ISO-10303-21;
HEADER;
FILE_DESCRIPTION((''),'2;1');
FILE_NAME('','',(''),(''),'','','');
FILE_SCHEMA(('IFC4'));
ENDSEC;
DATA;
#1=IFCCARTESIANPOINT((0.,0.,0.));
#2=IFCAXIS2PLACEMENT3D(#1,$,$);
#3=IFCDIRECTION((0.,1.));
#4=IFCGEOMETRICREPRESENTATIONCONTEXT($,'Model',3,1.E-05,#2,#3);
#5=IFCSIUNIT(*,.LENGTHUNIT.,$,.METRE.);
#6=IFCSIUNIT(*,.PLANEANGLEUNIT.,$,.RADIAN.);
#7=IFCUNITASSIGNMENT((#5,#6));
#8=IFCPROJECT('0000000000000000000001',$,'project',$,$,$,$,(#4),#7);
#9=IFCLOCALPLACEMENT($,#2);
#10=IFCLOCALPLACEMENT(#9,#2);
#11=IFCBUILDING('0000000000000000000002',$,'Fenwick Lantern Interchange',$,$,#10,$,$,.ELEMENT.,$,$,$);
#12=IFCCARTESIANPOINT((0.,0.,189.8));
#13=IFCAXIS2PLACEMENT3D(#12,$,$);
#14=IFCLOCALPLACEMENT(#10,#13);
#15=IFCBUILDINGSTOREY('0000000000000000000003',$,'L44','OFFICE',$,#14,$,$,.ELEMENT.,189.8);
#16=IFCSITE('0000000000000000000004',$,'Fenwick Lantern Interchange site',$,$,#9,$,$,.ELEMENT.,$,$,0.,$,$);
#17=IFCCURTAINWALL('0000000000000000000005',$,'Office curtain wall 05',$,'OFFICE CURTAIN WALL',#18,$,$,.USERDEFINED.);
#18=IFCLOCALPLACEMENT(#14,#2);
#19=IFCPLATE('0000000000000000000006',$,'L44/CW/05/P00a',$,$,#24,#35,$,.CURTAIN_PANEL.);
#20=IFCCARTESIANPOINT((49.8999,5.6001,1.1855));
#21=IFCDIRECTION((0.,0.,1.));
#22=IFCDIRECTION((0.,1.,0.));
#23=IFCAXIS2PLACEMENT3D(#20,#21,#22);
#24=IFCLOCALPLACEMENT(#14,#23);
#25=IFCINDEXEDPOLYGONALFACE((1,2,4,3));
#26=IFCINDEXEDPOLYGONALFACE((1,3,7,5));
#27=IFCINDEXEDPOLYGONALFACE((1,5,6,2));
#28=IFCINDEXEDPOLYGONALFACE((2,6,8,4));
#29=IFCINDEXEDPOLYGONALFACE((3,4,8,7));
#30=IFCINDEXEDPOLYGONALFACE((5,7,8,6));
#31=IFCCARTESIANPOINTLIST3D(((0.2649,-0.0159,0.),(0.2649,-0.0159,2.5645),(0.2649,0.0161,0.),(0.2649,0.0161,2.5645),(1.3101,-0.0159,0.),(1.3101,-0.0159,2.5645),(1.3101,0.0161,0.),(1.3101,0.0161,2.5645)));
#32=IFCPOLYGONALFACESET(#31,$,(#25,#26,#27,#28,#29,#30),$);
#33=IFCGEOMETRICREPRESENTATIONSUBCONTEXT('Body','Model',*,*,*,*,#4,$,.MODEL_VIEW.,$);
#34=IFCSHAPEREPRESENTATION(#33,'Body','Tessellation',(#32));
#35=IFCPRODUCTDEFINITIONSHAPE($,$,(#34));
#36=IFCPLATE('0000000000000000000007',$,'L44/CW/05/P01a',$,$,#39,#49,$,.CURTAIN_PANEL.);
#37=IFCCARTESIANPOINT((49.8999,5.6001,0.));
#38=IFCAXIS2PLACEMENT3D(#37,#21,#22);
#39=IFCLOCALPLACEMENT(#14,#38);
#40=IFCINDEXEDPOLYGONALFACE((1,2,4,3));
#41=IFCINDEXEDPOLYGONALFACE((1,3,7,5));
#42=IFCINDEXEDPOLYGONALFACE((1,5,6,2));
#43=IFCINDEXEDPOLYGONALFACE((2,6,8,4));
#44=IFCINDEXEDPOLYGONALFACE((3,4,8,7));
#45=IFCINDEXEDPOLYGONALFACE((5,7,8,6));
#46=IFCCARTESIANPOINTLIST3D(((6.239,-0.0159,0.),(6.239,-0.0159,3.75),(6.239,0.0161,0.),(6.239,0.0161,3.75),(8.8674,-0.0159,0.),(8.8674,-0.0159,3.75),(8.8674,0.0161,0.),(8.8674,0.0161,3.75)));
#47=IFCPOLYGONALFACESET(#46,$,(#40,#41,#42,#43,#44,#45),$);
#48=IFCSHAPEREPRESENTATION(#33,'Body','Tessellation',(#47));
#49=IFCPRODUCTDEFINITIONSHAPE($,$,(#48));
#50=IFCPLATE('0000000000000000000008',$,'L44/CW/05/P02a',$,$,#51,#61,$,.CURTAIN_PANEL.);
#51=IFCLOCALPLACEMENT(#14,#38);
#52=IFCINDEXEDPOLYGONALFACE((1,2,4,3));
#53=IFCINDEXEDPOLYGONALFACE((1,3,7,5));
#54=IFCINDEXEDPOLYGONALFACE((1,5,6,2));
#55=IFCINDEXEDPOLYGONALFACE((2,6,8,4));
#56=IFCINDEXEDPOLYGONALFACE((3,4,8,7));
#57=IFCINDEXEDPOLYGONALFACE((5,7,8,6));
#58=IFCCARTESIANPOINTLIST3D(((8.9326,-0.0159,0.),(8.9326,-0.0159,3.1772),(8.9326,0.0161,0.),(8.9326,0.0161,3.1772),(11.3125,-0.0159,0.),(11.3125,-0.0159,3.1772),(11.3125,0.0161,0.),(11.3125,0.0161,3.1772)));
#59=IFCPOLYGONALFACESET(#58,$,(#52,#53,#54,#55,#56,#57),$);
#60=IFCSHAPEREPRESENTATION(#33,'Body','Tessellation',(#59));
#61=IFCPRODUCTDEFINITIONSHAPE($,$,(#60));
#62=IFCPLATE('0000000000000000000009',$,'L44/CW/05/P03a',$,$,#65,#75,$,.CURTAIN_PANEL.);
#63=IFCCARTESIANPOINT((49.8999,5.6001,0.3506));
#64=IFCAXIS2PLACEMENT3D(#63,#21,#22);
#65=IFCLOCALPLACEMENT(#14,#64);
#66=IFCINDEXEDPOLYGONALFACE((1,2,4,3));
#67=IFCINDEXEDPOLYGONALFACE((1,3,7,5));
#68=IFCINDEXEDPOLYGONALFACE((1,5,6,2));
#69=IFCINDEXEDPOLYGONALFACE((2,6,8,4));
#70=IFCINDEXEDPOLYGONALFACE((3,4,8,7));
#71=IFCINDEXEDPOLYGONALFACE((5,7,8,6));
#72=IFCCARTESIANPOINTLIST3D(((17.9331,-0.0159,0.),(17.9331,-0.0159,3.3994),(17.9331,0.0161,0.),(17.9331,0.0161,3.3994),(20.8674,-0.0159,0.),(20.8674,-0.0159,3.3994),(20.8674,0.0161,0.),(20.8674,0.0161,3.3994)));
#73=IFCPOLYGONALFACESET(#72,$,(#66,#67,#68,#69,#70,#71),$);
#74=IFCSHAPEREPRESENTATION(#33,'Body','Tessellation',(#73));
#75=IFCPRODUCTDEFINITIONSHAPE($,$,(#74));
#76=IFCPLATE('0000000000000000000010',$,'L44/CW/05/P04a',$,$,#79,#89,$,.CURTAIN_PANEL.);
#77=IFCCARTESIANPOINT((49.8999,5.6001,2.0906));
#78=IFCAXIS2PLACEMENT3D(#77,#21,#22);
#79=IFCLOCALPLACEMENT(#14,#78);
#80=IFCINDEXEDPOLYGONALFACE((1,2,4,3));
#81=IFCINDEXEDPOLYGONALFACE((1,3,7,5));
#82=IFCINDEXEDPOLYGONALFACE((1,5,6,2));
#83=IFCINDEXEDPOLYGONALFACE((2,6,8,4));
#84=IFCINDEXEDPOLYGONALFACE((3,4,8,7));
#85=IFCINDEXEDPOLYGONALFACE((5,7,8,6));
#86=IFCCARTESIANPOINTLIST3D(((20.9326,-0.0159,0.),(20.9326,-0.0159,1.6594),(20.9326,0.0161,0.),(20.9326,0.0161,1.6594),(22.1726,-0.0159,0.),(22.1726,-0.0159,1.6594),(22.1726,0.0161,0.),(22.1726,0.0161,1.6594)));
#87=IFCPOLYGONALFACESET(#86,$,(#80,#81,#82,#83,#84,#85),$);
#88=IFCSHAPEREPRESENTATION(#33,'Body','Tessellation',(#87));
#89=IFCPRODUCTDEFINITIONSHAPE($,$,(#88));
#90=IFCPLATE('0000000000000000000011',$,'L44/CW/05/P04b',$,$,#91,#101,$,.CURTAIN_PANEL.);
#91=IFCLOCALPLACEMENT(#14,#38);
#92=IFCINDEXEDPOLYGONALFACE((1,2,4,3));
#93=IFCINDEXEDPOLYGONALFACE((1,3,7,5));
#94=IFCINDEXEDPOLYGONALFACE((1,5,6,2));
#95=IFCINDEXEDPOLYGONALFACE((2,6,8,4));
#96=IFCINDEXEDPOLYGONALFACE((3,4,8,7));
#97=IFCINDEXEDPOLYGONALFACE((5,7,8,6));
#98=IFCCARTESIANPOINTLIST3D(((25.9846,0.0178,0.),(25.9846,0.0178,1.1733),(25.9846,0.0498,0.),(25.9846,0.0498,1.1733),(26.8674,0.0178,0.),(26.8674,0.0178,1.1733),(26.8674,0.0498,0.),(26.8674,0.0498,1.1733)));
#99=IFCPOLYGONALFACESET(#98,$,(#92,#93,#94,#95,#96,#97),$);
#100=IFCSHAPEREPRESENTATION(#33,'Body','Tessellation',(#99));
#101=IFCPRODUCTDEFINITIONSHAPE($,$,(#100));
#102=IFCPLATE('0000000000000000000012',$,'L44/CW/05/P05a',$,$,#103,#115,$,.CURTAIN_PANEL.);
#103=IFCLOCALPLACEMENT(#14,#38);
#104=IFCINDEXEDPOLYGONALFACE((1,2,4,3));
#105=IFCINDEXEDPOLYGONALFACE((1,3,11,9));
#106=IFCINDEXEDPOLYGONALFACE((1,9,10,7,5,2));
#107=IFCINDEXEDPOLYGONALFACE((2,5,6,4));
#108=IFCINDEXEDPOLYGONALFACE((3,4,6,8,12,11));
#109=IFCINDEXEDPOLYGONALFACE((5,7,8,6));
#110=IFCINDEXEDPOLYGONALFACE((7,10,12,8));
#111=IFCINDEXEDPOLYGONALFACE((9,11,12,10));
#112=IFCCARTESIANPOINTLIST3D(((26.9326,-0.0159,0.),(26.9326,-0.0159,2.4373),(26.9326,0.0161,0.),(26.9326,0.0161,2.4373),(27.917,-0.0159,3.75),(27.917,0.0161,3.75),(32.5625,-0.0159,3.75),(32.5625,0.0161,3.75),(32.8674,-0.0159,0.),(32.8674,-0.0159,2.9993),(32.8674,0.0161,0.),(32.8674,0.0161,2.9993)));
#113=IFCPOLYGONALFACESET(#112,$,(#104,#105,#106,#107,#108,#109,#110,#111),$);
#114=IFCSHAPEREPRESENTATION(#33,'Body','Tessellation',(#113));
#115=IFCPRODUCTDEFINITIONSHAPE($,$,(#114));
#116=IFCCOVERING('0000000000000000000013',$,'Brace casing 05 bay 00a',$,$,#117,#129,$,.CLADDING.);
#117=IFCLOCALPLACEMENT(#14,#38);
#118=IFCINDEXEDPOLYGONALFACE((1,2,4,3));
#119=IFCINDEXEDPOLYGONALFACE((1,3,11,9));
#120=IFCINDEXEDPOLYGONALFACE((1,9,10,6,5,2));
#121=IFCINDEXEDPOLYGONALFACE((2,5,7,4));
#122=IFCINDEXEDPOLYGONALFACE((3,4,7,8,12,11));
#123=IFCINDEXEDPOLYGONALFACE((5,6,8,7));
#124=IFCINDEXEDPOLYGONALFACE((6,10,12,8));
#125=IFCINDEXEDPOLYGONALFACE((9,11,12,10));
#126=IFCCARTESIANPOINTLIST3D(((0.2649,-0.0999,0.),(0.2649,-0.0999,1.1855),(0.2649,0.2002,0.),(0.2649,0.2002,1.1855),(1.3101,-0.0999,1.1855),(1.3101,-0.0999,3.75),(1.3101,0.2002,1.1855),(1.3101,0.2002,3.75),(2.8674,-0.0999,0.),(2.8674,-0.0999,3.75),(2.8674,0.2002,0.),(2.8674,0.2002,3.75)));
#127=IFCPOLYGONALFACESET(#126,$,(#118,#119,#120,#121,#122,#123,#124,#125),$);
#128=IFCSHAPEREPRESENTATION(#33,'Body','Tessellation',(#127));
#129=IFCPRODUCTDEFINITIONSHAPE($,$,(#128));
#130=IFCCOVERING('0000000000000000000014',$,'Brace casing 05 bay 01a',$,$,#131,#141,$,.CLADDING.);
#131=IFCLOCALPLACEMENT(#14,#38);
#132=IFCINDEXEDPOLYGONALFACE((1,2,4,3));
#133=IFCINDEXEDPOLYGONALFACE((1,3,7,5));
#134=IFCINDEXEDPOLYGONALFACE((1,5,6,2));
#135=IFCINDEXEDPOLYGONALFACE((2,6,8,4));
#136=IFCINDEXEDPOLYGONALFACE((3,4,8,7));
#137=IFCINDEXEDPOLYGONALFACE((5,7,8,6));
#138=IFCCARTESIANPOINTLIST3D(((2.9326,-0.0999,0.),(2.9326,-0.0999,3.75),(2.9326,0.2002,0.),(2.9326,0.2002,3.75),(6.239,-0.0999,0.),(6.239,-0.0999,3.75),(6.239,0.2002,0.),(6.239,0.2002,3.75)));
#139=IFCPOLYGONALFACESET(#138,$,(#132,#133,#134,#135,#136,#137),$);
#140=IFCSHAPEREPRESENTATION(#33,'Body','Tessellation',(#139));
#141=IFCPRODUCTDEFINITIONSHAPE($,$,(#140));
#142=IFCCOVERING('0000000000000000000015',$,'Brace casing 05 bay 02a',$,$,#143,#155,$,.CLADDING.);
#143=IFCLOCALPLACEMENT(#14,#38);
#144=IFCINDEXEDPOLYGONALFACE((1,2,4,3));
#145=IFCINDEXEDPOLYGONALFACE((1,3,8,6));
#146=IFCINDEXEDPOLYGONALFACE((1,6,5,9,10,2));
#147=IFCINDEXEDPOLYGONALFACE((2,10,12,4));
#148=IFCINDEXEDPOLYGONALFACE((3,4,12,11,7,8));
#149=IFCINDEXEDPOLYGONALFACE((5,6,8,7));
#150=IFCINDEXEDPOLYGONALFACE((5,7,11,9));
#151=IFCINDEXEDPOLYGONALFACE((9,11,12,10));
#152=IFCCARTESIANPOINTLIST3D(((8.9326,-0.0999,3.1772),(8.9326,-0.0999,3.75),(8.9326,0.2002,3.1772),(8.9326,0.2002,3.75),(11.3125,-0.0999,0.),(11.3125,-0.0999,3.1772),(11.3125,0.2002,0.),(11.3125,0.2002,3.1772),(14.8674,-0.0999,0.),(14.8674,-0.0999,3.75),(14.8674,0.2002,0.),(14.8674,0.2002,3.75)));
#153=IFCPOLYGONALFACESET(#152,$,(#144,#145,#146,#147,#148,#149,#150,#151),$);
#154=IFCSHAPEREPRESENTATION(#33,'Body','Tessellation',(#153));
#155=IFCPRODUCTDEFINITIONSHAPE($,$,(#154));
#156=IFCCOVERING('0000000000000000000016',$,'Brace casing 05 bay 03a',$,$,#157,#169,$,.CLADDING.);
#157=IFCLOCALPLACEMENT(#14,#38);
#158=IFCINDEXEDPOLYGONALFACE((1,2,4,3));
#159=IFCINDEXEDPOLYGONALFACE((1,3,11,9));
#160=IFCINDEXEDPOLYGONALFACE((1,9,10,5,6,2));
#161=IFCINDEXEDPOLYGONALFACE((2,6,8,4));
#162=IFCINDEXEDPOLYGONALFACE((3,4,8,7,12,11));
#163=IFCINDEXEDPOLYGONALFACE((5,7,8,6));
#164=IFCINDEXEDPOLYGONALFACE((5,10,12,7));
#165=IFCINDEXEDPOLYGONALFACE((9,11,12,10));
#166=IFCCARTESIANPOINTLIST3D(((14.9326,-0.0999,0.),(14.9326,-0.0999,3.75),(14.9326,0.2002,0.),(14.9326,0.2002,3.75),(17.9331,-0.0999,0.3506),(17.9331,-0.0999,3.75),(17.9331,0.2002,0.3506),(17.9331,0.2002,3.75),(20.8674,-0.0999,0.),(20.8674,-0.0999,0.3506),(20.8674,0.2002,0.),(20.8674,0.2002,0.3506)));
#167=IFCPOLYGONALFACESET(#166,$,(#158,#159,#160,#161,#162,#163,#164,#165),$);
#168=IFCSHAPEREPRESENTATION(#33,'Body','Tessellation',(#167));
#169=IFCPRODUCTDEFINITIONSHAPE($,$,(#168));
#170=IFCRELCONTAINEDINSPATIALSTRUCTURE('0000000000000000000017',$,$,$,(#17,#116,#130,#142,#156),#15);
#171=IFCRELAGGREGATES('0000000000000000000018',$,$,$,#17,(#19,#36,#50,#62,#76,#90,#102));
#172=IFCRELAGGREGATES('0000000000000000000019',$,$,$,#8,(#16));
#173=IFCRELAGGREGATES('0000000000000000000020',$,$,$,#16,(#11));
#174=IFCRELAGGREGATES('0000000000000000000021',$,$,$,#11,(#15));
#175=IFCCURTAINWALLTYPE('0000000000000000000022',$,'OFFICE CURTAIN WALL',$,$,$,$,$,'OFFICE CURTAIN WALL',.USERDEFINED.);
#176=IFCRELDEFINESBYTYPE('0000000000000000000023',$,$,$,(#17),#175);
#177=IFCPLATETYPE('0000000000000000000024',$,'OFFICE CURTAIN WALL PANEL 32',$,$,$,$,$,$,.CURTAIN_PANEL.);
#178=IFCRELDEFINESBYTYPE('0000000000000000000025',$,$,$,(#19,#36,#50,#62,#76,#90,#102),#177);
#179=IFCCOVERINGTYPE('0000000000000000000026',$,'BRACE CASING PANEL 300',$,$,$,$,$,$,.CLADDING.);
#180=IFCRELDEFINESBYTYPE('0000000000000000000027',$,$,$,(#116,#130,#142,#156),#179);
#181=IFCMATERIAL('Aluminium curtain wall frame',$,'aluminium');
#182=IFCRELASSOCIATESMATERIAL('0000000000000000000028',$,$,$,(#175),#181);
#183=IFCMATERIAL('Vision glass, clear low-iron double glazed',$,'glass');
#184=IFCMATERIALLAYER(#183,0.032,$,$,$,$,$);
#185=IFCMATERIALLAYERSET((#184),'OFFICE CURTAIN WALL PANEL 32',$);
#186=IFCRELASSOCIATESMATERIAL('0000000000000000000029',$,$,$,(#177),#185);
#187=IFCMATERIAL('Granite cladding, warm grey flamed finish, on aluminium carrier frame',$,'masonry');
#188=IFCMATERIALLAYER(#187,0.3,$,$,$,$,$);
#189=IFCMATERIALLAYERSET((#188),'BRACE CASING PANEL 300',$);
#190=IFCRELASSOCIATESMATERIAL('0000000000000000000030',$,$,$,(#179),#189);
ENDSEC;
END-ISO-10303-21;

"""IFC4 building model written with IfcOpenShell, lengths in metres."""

from ifc_helpers import new_model, si_unit, direction, frame, origin, place, context, subcontext, project, spatial, polyline, outline, extrude, material, layer, layer_set, type_object, element, aggregate, save


model = new_model("IFC4")

# Units and contexts
model_context = context("Model", 3, precision=1e-05, world=origin(), true_north=direction((0.0, 1.0)))
body_context = subcontext(model_context, "Body", "Model", "MODEL_VIEW")
ifc_project = project(units=[si_unit("LENGTHUNIT", "METRE"), si_unit("PLANEANGLEUNIT", "RADIAN")], contexts=[model_context])

# Site, building, storey
site_placement = place(None, origin())
site = spatial("IfcSite", under=ifc_project, at=site_placement, Name="Fenwick Lantern Interchange site", CompositionType="ELEMENT", RefElevation=0.0)
building_placement = place(site_placement, origin())
building = spatial("IfcBuilding", under=site, at=building_placement, Name="Fenwick Lantern Interchange", CompositionType="ELEMENT")
storey_placement = place(building_placement, frame((0.0, 0.0, 189.8)))
storey = spatial("IfcBuildingStorey", under=building, at=storey_placement, Name="L44", Description="OFFICE", CompositionType="ELEMENT", Elevation=189.8)

# Shared definitions
ifc_material_1 = material(Name="Aluminium curtain wall frame", Category="aluminium")
curtain_wall_type = type_object("IfcCurtainWallType", Name="OFFICE CURTAIN WALL", ElementType="OFFICE CURTAIN WALL", PredefinedType="USERDEFINED", material=ifc_material_1)

# Shared definitions
ifc_material_2 = material(Name="Vision glass, clear low-iron double glazed", Category="glass")
ifc_layer_1 = layer(ifc_material_2, 0.032)
ifc_layer_set_1 = layer_set([ifc_layer_1], Name="OFFICE CURTAIN WALL PANEL 32")
plate_type = type_object("IfcPlateType", Name="OFFICE CURTAIN WALL PANEL 32", PredefinedType="CURTAIN_PANEL", material=ifc_layer_set_1)

# Curtain wall, plates
curtain_wall_1_placement = place(storey_placement, origin())
curtain_wall_1 = element("IfcCurtainWall", 1, at=curtain_wall_1_placement, inside=storey, type_object=curtain_wall_type, Name="Office curtain wall 05", ObjectType="OFFICE CURTAIN WALL", PredefinedType="USERDEFINED")
plate_1_placement = place(storey_placement, frame((49.8999, 5.6001, 1.1855), z_axis=(0.0, 0.0, 1.0), x_axis=(0.0, 1.0, 0.0)))
plate_1 = element("IfcPlate", 2, at=plate_1_placement, type_object=plate_type, Name="L44/CW/05/P00a", PredefinedType="CURTAIN_PANEL", context=body_context, shape_type="SweptSolid", body=[
    extrude(outline(polyline([(0.2649, 0.0), (1.3101, 0.0), (1.3101, 2.5645), (0.2649, 2.5645), (0.2649, 0.0)])), frame((0.0, 0.0161, 0.0), z_axis=(0.0, -1.0, 0.0), x_axis=(1.0, 0.0, 0.0)), (0.0, 0.0, 1.0), 0.032),
])
plate_2_placement = place(storey_placement, frame((49.8999, 5.6001, 0.0), z_axis=(0.0, 0.0, 1.0), x_axis=(0.0, 1.0, 0.0)))
plate_2 = element("IfcPlate", 3, at=plate_2_placement, type_object=plate_type, Name="L44/CW/05/P01a", PredefinedType="CURTAIN_PANEL", context=body_context, shape_type="SweptSolid", body=[
    extrude(outline(polyline([(6.239, 0.0), (8.8674, 0.0), (8.8674, 3.75), (6.239, 3.75), (6.239, 0.0)])), frame((0.0, 0.0161, 0.0), z_axis=(0.0, -1.0, 0.0), x_axis=(1.0, 0.0, 0.0)), (0.0, 0.0, 1.0), 0.032),
])
plate_3_placement = place(storey_placement, frame((49.8999, 5.6001, 0.0), z_axis=(0.0, 0.0, 1.0), x_axis=(0.0, 1.0, 0.0)))
plate_3 = element("IfcPlate", 4, at=plate_3_placement, type_object=plate_type, Name="L44/CW/05/P02a", PredefinedType="CURTAIN_PANEL", context=body_context, shape_type="SweptSolid", body=[
    extrude(outline(polyline([(8.9326, 0.0), (11.3125, 0.0), (11.3125, 3.1772), (8.9326, 3.1772), (8.9326, 0.0)])), frame((0.0, 0.0161, 0.0), z_axis=(0.0, -1.0, 0.0), x_axis=(1.0, 0.0, 0.0)), (0.0, 0.0, 1.0), 0.032),
])
plate_4_placement = place(storey_placement, frame((49.8999, 5.6001, 0.3506), z_axis=(0.0, 0.0, 1.0), x_axis=(0.0, 1.0, 0.0)))
plate_4 = element("IfcPlate", 5, at=plate_4_placement, type_object=plate_type, Name="L44/CW/05/P03a", PredefinedType="CURTAIN_PANEL", context=body_context, shape_type="SweptSolid", body=[
    extrude(outline(polyline([(17.9331, 0.0), (20.8674, 0.0), (20.8674, 3.3994), (17.9331, 3.3994), (17.9331, 0.0)])), frame((0.0, 0.0161, 0.0), z_axis=(0.0, -1.0, 0.0), x_axis=(1.0, 0.0, 0.0)), (0.0, 0.0, 1.0), 0.032),
])
plate_5_placement = place(storey_placement, frame((49.8999, 5.6001, 2.0906), z_axis=(0.0, 0.0, 1.0), x_axis=(0.0, 1.0, 0.0)))
plate_5 = element("IfcPlate", 6, at=plate_5_placement, type_object=plate_type, Name="L44/CW/05/P04a", PredefinedType="CURTAIN_PANEL", context=body_context, shape_type="SweptSolid", body=[
    extrude(outline(polyline([(20.9326, 0.0), (22.1726, 0.0), (22.1726, 1.6594), (20.9326, 1.6594), (20.9326, 0.0)])), frame((0.0, 0.0161, 0.0), z_axis=(0.0, -1.0, 0.0), x_axis=(1.0, 0.0, 0.0)), (0.0, 0.0, 1.0), 0.032),
])
plate_6_placement = place(storey_placement, frame((49.8999, 5.6001, 0.0), z_axis=(0.0, 0.0, 1.0), x_axis=(0.0, 1.0, 0.0)))
plate_6 = element("IfcPlate", 7, at=plate_6_placement, type_object=plate_type, Name="L44/CW/05/P04b", PredefinedType="CURTAIN_PANEL", context=body_context, shape_type="SweptSolid", body=[
    extrude(outline(polyline([(25.9846, 0.0), (26.8674, 0.0), (26.8674, 1.1733), (25.9846, 1.1733), (25.9846, 0.0)])), frame((0.0, 0.0498, 0.0), z_axis=(0.0, -1.0, 0.0), x_axis=(1.0, 0.0, 0.0)), (0.0, 0.0, 1.0), 0.032),
])
plate_7_placement = place(storey_placement, frame((49.8999, 5.6001, 0.0), z_axis=(0.0, 0.0, 1.0), x_axis=(0.0, 1.0, 0.0)))
plate_7 = element("IfcPlate", 8, at=plate_7_placement, type_object=plate_type, Name="L44/CW/05/P05a", PredefinedType="CURTAIN_PANEL", context=body_context, shape_type="SweptSolid", body=[
    extrude(outline(polyline([(26.9326, 0.0), (32.8674, 0.0), (32.8674, 2.9993), (32.5625, 3.75), (27.917, 3.75), (26.9326, 2.4373), (26.9326, 0.0)])), frame((0.0, 0.0161, 0.0), z_axis=(0.0, -1.0, 0.0), x_axis=(1.0, 0.0, 0.0)), (0.0, 0.0, 1.0), 0.032),
])
aggregate(curtain_wall_1, [plate_1, plate_2, plate_3, plate_4, plate_5, plate_6, plate_7])

# Coverings
ifc_material_3 = material(Name="Granite cladding, warm grey flamed finish, on aluminium carrier frame", Category="masonry")
ifc_layer_2 = layer(ifc_material_3, 0.3)
ifc_layer_set_2 = layer_set([ifc_layer_2], Name="BRACE CASING PANEL 300")
covering_type = type_object("IfcCoveringType", Name="BRACE CASING PANEL 300", PredefinedType="CLADDING", material=ifc_layer_set_2)
covering_1_placement = place(storey_placement, frame((49.8999, 5.6001, 0.0), z_axis=(0.0, 0.0, 1.0), x_axis=(0.0, 1.0, 0.0)))
element("IfcCovering", 9, at=covering_1_placement, inside=storey, type_object=covering_type, Name="Brace casing 05 bay 00a", PredefinedType="CLADDING", context=body_context, shape_type="SweptSolid", body=[
    extrude(outline(polyline([(0.2649, 0.0), (2.8674, 0.0), (2.8674, 3.75), (1.3101, 3.75), (1.3101, 1.1855), (0.2649, 1.1855), (0.2649, 0.0)])), frame((0.0, 0.2002, 0.0), z_axis=(0.0, -1.0, 0.0), x_axis=(1.0, 0.0, 0.0)), (0.0, 0.0, 1.0), 0.3),
])
covering_2_placement = place(storey_placement, frame((49.8999, 5.6001, 0.0), z_axis=(0.0, 0.0, 1.0), x_axis=(0.0, 1.0, 0.0)))
element("IfcCovering", 10, at=covering_2_placement, inside=storey, type_object=covering_type, Name="Brace casing 05 bay 01a", PredefinedType="CLADDING", context=body_context, shape_type="SweptSolid", body=[
    extrude(outline(polyline([(2.9326, 0.0), (6.239, 0.0), (6.239, 3.75), (2.9326, 3.75), (2.9326, 0.0)])), frame((0.0, 0.2002, 0.0), z_axis=(0.0, -1.0, 0.0), x_axis=(1.0, 0.0, 0.0)), (0.0, 0.0, 1.0), 0.3),
])
covering_3_placement = place(storey_placement, frame((49.8999, 5.6001, 0.0), z_axis=(0.0, 0.0, 1.0), x_axis=(0.0, 1.0, 0.0)))
element("IfcCovering", 11, at=covering_3_placement, inside=storey, type_object=covering_type, Name="Brace casing 05 bay 02a", PredefinedType="CLADDING", context=body_context, shape_type="SweptSolid", body=[
    extrude(outline(polyline([(11.3125, 0.0), (14.8674, 0.0), (14.8674, 3.75), (8.9326, 3.75), (8.9326, 3.1772), (11.3125, 3.1772), (11.3125, 0.0)])), frame((0.0, 0.2002, 0.0), z_axis=(0.0, -1.0, 0.0), x_axis=(1.0, 0.0, 0.0)), (0.0, 0.0, 1.0), 0.3),
])
covering_4_placement = place(storey_placement, frame((49.8999, 5.6001, 0.0), z_axis=(0.0, 0.0, 1.0), x_axis=(0.0, 1.0, 0.0)))
element("IfcCovering", 12, at=covering_4_placement, inside=storey, type_object=covering_type, Name="Brace casing 05 bay 03a", PredefinedType="CLADDING", context=body_context, shape_type="SweptSolid", body=[
    extrude(outline(polyline([(14.9326, 0.0), (20.8674, 0.0), (20.8674, 0.3506), (17.9331, 0.3506), (17.9331, 3.75), (14.9326, 3.75), (14.9326, 0.0)])), frame((0.0, 0.2002, 0.0), z_axis=(0.0, -1.0, 0.0), x_axis=(1.0, 0.0, 0.0)), (0.0, 0.0, 1.0), 0.3),
])

save(model, "model.ifc")
